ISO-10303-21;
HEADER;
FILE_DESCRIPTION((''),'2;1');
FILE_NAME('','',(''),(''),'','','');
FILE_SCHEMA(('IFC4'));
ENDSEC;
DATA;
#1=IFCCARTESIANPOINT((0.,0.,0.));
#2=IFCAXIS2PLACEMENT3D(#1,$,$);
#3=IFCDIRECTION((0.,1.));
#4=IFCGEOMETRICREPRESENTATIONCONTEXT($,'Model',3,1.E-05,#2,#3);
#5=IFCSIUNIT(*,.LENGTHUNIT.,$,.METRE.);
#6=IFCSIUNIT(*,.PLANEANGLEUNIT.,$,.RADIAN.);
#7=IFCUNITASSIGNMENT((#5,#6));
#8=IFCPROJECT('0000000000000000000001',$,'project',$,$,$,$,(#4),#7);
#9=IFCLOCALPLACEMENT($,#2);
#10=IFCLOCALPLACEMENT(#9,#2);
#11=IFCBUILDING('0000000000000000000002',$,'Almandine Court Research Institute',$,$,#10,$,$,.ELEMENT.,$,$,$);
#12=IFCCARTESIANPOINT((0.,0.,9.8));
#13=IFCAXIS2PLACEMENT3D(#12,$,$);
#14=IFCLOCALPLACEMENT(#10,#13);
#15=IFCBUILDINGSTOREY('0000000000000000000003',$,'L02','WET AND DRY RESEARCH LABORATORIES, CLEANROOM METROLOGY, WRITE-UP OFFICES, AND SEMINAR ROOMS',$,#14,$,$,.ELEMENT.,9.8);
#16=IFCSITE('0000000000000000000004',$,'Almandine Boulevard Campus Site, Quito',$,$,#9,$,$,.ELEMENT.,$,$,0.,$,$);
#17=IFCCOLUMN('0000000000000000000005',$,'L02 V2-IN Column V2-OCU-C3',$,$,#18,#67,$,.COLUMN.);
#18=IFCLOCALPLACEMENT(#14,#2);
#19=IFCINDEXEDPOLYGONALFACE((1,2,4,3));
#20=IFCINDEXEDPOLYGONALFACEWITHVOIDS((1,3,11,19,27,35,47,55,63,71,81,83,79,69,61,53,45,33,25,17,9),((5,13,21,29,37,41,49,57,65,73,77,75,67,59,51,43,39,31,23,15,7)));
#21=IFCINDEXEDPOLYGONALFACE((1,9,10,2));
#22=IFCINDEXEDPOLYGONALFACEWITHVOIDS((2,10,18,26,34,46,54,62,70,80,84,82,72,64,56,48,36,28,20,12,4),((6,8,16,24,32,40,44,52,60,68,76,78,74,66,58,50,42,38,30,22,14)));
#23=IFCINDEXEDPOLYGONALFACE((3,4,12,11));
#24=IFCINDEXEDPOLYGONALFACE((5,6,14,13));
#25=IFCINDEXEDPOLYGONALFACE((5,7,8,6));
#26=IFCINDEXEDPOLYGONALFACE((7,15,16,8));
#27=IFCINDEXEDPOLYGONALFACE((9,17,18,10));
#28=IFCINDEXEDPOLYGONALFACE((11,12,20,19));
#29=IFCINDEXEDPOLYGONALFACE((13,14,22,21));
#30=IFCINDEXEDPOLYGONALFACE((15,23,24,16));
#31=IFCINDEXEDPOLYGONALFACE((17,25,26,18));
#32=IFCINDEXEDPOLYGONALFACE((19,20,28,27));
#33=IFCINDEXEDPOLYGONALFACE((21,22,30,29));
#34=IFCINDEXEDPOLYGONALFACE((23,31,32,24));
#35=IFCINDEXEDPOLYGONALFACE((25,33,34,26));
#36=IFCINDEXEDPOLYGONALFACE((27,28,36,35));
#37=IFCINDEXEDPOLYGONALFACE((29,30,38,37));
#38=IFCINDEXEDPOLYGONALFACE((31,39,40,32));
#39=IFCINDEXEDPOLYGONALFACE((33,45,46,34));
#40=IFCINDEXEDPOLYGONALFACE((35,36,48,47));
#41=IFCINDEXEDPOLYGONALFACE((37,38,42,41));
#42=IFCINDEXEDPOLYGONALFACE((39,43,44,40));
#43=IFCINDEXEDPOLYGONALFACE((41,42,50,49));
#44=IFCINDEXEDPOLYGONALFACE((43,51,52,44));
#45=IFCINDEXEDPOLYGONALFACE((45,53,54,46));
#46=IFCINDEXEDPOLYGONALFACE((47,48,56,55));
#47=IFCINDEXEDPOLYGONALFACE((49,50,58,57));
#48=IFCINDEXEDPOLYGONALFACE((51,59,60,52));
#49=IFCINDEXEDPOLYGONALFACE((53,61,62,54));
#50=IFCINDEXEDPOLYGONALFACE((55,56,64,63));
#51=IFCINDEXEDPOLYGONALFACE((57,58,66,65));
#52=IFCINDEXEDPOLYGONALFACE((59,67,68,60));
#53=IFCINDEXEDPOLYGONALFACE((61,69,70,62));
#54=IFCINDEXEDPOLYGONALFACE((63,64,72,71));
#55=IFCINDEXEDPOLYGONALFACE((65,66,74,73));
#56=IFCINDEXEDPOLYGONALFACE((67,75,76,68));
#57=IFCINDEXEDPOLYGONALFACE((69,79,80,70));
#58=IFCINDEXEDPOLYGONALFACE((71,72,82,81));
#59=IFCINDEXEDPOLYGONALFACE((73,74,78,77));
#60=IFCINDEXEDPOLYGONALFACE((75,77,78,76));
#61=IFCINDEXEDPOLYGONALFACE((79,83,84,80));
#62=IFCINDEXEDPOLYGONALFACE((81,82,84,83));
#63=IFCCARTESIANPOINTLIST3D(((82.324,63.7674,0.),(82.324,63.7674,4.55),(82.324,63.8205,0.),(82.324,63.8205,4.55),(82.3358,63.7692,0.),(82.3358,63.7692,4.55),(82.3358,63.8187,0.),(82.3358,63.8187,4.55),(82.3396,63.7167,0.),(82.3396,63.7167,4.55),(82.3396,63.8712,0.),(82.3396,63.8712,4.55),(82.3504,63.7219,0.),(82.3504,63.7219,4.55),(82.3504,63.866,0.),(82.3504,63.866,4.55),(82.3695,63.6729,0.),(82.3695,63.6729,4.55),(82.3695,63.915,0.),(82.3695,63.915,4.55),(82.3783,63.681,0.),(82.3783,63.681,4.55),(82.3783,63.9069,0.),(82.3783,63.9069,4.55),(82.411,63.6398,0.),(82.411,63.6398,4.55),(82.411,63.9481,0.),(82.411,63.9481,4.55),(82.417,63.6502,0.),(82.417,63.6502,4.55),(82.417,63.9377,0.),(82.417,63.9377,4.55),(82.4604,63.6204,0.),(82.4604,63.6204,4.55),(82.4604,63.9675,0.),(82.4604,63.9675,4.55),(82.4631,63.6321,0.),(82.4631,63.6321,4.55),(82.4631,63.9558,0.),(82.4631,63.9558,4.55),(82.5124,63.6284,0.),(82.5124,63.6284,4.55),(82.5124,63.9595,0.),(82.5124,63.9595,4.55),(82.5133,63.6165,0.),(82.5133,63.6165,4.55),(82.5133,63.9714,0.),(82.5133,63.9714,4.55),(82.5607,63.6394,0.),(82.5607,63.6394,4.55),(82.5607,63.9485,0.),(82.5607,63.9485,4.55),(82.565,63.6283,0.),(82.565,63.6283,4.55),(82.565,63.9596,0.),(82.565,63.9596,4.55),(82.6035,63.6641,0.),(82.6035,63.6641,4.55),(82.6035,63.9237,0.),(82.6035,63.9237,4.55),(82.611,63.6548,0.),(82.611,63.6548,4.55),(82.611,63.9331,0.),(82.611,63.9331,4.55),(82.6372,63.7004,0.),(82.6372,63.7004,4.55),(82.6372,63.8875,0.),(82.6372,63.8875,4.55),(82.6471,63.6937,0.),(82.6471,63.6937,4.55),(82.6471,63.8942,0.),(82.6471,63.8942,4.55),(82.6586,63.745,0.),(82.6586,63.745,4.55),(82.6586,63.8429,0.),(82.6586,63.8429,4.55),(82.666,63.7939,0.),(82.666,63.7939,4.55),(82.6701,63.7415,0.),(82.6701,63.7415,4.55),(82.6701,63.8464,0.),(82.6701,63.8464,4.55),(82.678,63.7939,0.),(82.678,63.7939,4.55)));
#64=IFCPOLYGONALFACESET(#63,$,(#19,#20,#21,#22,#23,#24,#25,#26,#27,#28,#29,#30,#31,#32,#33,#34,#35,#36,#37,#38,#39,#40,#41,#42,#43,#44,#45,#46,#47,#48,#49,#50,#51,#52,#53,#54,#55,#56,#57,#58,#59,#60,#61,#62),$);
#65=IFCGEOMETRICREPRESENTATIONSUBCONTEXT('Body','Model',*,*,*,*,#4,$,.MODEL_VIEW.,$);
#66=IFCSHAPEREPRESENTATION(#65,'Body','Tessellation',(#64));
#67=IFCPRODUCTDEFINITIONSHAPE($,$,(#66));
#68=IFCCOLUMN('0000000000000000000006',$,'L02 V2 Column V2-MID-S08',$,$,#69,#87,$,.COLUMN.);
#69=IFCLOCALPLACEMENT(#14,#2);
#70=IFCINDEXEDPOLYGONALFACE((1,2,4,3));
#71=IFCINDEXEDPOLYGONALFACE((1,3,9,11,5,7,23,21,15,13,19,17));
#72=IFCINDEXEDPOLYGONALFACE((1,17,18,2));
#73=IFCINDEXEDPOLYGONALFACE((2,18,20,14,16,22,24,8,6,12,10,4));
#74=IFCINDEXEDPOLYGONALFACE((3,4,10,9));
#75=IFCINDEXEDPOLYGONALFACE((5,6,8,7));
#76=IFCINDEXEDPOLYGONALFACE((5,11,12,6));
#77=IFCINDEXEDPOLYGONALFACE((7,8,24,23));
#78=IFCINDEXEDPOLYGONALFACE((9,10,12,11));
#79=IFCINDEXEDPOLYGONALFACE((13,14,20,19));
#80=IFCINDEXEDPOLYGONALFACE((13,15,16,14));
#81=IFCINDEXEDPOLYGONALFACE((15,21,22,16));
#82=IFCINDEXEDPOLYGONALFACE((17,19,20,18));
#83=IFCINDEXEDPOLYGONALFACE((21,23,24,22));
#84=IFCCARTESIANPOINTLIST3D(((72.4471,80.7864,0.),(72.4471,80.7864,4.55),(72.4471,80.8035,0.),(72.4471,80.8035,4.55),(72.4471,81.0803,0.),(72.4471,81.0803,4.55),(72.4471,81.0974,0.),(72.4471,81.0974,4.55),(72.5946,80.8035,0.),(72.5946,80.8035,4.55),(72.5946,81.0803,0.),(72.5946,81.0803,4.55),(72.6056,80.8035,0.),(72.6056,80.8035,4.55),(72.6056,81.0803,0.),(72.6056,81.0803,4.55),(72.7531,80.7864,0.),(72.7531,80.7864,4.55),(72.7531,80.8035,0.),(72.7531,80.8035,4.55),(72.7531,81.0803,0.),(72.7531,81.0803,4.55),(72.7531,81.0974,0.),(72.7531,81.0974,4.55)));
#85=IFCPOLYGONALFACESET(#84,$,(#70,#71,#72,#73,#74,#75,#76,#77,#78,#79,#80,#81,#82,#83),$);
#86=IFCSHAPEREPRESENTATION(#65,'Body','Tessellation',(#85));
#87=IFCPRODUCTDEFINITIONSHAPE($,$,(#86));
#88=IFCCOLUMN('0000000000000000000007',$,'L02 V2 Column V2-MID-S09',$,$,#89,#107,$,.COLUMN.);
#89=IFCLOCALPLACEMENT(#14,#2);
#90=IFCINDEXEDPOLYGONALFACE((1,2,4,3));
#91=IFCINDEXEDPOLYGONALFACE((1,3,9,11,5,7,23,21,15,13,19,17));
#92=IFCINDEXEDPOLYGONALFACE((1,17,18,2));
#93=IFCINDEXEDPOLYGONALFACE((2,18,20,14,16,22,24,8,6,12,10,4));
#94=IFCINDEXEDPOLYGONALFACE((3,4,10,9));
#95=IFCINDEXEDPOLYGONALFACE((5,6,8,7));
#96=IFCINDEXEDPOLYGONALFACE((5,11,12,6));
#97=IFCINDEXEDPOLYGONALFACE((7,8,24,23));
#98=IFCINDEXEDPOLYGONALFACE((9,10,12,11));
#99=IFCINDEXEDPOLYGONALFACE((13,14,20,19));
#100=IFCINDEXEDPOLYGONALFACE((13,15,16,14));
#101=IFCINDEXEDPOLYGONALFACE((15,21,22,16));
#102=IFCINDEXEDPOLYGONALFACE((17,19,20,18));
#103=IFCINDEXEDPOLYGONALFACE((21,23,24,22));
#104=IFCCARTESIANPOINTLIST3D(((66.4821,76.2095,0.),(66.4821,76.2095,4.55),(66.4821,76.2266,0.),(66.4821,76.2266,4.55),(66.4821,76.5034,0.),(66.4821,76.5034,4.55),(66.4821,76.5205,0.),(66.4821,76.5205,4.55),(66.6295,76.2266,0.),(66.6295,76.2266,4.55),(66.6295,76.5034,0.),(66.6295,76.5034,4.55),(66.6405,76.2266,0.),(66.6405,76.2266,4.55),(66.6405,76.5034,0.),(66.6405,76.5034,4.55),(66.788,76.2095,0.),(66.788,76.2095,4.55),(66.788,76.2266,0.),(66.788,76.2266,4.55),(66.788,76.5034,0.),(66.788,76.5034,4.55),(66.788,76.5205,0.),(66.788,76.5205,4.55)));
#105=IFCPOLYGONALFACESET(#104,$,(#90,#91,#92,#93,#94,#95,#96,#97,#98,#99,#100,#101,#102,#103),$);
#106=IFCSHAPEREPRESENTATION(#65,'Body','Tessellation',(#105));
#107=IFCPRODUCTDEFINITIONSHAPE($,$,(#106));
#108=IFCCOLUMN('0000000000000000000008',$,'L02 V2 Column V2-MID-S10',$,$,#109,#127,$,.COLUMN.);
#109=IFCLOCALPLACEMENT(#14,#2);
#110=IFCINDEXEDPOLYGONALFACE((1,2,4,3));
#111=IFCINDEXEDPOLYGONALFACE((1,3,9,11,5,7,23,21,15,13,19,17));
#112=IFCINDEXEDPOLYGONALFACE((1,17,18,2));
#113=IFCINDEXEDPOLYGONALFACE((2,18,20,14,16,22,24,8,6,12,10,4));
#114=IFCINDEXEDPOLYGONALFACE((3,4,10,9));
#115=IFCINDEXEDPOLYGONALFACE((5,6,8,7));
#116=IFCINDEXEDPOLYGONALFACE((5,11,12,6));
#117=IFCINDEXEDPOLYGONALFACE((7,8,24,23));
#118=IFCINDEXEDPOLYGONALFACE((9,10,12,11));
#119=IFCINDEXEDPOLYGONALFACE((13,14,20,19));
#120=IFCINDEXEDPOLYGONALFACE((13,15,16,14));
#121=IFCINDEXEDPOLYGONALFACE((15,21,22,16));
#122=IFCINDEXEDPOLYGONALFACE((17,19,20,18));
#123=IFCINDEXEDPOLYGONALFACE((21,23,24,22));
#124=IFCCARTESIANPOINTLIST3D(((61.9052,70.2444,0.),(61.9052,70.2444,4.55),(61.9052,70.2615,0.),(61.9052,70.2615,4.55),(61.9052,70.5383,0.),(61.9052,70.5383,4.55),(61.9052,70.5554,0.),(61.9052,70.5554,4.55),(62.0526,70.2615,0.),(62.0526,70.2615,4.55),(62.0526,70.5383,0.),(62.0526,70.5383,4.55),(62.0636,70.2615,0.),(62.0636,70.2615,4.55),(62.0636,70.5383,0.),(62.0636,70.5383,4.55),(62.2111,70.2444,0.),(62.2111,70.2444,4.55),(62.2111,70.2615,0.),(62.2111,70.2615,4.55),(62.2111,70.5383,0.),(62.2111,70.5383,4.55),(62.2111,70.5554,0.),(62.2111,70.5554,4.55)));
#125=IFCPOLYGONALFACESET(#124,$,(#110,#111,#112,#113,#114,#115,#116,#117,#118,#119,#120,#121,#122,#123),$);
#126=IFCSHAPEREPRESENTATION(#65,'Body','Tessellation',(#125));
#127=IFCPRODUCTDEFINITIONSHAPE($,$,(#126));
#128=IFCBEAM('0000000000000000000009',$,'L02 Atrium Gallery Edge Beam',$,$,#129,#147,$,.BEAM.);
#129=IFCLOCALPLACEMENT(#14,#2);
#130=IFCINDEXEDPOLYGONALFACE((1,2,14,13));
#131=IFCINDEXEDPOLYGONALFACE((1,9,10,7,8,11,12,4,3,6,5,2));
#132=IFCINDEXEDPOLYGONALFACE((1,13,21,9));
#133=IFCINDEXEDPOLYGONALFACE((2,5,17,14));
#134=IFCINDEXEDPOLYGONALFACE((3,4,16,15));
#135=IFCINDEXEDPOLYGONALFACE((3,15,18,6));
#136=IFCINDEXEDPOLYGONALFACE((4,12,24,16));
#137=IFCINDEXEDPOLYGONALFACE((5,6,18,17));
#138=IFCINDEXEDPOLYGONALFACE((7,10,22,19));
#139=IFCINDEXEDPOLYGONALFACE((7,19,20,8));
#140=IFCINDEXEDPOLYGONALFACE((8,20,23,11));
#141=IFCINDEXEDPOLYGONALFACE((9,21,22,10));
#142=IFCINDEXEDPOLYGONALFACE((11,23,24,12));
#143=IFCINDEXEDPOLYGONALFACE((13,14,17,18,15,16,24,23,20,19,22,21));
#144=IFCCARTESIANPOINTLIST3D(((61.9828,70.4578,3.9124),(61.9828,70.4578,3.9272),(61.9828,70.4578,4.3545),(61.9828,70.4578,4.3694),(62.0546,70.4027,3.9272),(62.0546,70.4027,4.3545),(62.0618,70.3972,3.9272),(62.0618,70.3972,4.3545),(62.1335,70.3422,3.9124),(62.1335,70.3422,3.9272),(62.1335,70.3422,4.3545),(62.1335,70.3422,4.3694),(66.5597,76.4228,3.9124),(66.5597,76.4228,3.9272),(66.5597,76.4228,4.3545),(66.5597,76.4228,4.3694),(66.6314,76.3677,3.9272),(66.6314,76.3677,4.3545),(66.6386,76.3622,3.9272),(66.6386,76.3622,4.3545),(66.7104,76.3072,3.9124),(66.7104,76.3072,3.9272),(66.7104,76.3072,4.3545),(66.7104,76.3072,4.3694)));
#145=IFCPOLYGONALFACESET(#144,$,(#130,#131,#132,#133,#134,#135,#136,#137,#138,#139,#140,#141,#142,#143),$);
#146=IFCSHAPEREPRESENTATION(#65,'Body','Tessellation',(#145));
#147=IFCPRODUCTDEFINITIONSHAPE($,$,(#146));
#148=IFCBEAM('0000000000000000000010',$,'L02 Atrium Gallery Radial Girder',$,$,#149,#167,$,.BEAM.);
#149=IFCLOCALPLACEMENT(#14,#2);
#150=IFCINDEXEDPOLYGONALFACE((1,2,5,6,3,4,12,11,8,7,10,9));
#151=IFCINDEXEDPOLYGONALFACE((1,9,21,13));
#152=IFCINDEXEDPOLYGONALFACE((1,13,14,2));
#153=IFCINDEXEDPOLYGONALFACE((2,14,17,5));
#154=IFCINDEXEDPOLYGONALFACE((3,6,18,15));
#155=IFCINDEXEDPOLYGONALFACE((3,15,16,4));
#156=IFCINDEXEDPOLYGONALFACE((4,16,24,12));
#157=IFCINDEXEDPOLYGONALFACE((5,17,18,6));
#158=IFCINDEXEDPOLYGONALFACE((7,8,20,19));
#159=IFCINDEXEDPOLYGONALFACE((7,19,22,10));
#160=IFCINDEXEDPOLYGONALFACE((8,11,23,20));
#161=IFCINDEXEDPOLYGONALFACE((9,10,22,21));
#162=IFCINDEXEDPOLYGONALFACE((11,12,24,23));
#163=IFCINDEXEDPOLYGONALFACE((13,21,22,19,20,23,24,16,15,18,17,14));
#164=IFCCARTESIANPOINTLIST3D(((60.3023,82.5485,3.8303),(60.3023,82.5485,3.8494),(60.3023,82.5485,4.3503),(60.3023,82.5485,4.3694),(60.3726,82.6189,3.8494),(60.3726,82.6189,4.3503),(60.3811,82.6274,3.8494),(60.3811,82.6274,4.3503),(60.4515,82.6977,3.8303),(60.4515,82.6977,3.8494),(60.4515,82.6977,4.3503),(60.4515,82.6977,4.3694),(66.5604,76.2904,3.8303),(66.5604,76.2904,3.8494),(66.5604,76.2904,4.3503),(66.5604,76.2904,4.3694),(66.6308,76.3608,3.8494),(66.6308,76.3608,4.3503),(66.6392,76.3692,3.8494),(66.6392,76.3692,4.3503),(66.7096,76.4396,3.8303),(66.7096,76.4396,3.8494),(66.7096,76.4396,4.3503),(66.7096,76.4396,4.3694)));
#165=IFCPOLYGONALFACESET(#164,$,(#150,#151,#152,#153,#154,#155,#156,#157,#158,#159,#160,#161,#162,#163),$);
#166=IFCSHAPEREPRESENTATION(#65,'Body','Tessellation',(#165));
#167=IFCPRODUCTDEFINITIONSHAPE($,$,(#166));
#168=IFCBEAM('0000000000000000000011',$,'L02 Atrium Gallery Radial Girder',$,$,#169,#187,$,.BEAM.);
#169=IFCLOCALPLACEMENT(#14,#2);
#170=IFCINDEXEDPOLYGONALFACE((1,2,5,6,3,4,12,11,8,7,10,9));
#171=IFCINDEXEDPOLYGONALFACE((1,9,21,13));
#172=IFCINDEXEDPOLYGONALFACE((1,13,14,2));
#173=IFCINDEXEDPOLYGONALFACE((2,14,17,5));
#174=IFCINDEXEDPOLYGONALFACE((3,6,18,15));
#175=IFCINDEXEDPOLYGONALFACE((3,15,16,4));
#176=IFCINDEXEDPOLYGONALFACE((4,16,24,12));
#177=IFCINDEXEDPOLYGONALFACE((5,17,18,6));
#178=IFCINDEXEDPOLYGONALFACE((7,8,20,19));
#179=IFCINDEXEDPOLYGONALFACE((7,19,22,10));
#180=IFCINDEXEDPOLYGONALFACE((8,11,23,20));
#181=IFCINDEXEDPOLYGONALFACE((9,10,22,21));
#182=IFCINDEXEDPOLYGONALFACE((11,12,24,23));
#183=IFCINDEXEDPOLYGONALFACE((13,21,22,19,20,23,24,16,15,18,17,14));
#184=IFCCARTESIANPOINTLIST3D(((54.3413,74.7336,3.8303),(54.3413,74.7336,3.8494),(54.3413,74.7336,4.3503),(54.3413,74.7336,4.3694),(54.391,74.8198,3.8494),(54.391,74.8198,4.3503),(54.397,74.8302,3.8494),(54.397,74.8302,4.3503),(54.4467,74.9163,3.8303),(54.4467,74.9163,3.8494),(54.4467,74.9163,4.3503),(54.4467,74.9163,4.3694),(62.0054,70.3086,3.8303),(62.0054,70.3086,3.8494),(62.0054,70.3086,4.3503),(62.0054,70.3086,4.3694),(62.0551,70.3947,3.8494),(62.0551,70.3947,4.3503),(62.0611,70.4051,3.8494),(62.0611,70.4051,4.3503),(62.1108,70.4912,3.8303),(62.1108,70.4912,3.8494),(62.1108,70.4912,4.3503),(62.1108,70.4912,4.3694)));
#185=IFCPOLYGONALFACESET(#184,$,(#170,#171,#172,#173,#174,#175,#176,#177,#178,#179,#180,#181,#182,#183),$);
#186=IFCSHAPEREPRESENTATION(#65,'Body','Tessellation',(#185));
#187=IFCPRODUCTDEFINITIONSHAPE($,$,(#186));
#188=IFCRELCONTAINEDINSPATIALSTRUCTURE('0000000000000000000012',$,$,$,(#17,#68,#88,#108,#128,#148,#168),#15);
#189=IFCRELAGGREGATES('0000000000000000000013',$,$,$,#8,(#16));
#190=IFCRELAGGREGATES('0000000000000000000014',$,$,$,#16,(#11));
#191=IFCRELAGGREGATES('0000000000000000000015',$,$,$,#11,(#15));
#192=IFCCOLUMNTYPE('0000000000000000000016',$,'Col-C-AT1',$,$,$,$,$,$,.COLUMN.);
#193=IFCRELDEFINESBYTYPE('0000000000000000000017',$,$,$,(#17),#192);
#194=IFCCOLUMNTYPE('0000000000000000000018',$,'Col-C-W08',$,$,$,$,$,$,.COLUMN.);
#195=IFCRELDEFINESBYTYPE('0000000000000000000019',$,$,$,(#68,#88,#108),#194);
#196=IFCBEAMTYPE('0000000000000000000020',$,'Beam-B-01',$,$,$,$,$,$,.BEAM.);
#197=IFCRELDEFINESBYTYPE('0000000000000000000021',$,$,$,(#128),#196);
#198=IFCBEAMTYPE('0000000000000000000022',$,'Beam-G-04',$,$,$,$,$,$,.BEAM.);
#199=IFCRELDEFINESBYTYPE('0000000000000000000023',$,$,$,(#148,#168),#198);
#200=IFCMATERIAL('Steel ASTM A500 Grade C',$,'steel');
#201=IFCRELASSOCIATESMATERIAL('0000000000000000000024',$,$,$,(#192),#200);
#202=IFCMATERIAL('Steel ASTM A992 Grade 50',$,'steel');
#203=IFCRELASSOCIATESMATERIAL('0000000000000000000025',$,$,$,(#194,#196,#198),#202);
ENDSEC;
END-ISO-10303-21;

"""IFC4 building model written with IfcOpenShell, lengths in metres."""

from ifc_helpers import new_model, si_unit, direction, frame, origin, origin_2d, place, context, subcontext, project, spatial, hollow_circle, i_section, extrude, material, material_profile, profile_set, type_object, element, save


model = new_model("IFC4")

# Units and contexts
model_context = context("Model", 3, precision=1e-05, world=origin(), true_north=direction((0.0, 1.0)))
body_context = subcontext(model_context, "Body", "Model", "MODEL_VIEW")
ifc_project = project(units=[si_unit("LENGTHUNIT", "METRE"), si_unit("PLANEANGLEUNIT", "RADIAN")], contexts=[model_context])

# Site, building, storey
site_placement = place(None, origin())
site = spatial("IfcSite", under=ifc_project, at=site_placement, Name="Almandine Boulevard Campus Site, Quito", CompositionType="ELEMENT", RefElevation=0.0)
building_placement = place(site_placement, origin())
building = spatial("IfcBuilding", under=site, at=building_placement, Name="Almandine Court Research Institute", CompositionType="ELEMENT")
storey_placement = place(building_placement, frame((0.0, 0.0, 9.8)))
storey = spatial("IfcBuildingStorey", under=building, at=storey_placement, Name="L02", Description="WET AND DRY RESEARCH LABORATORIES, CLEANROOM METROLOGY, WRITE-UP OFFICES, AND SEMINAR ROOMS", CompositionType="ELEMENT", Elevation=9.8)

# Columns
ifc_material_1 = material(Name="Steel ASTM A500 Grade C", Category="steel")
ifc_material_profile_1 = material_profile(ifc_material_1, hollow_circle(Radius=0.178, WallThickness=0.012, at=origin_2d()), Name="CHS 356x12")
ifc_profile_set_1 = profile_set([ifc_material_profile_1], Name="Steel ASTM A500 Grade C")
column_type_1 = type_object("IfcColumnType", Name="Col-C-AT1", PredefinedType="COLUMN", material=ifc_profile_set_1)
column_placement = place(storey_placement, frame((82.5, 63.7939, 0.0), z_axis=(0.0, 0.0, 1.0), x_axis=(1.0, 0.0, 0.0)))
element("IfcColumn", 1, at=column_placement, inside=storey, type_object=column_type_1, Name="L02 V2-IN Column V2-OCU-C3", PredefinedType="COLUMN", context=body_context, shape_type="SweptSolid", body=[
    extrude(hollow_circle(Radius=0.178, WallThickness=0.012, at=origin_2d()), origin(), (0.0, 0.0, 1.0), 4.55),
])
ifc_material_2 = material(Name="Steel ASTM A992 Grade 50", Category="steel")
ifc_material_profile_2 = material_profile(ifc_material_2, i_section(OverallWidth=0.3059, OverallDepth=0.311, WebThickness=0.011, FlangeThickness=0.0171, at=origin_2d()), Name="W310x107")
ifc_profile_set_2 = profile_set([ifc_material_profile_2], Name="Steel ASTM A992 Grade 50")
column_type_2 = type_object("IfcColumnType", Name="Col-C-W08", PredefinedType="COLUMN", material=ifc_profile_set_2)
for number, where, z_axis, x_axis, name in (
    (2, (72.6001, 80.9419, 0.0), (0.0, 0.0, 1.0), (1.0, 0.0, 0.0), "L02 V2 Column V2-MID-S08"),
    (3, (66.635, 76.365, 0.0), (0.0, 0.0, 1.0), (1.0, 0.0, 0.0), "L02 V2 Column V2-MID-S09"),
    (4, (62.0581, 70.3999, 0.0), (0.0, 0.0, 1.0), (1.0, 0.0, 0.0), "L02 V2 Column V2-MID-S10"),
):
    element("IfcColumn", number, at=place(storey_placement, frame(where, z_axis=z_axis, x_axis=x_axis)), inside=storey, type_object=column_type_2, Name=name, PredefinedType="COLUMN", context=body_context, shape_type="SweptSolid", body=[
        extrude(i_section(OverallWidth=0.3059, OverallDepth=0.311, WebThickness=0.011, FlangeThickness=0.0171, at=origin_2d()), origin(), (0.0, 0.0, 1.0), 4.55),
    ])

# Beams
ifc_material_profile_3 = material_profile(ifc_material_2, i_section(OverallWidth=0.1899, OverallDepth=0.457, WebThickness=0.009, FlangeThickness=0.0149, at=origin_2d()), Name="W460x74")
ifc_profile_set_3 = profile_set([ifc_material_profile_3], Name="Steel ASTM A992 Grade 50")
beam_type_1 = type_object("IfcBeamType", Name="Beam-B-01", PredefinedType="BEAM", material=ifc_profile_set_3)
beam_1_placement = place(storey_placement, frame((66.635, 76.365, 4.1409), z_axis=(-0.608739, -0.793371, 0.0), x_axis=(0.793371, -0.608739, 0.0)))
element("IfcBeam", 5, at=beam_1_placement, inside=storey, type_object=beam_type_1, Name="L02 Atrium Gallery Edge Beam", PredefinedType="BEAM", context=body_context, shape_type="SweptSolid", body=[
    extrude(i_section(OverallWidth=0.1899, OverallDepth=0.457, WebThickness=0.009, FlangeThickness=0.0149, at=origin_2d()), origin(), (0.0, 0.0, 1.0), 7.5186),
])
ifc_material_profile_4 = material_profile(ifc_material_2, i_section(OverallWidth=0.2109, OverallDepth=0.5391, WebThickness=0.012, FlangeThickness=0.019, at=origin_2d()), Name="W530x109")
ifc_profile_set_4 = profile_set([ifc_material_profile_4], Name="Steel ASTM A992 Grade 50")
beam_type_2 = type_object("IfcBeamType", Name="Beam-G-04", PredefinedType="BEAM", material=ifc_profile_set_4)
beam_2_placement = place(storey_placement, frame((66.635, 76.365, 4.0999), z_axis=(-0.707107, 0.707107, 0.0), x_axis=(-0.707107, -0.707107, 0.0)))
element("IfcBeam", 6, at=beam_2_placement, inside=storey, type_object=beam_type_2, Name="L02 Atrium Gallery Radial Girder", PredefinedType="BEAM", context=body_context, shape_type="SweptSolid", body=[
    extrude(i_section(OverallWidth=0.2109, OverallDepth=0.5391, WebThickness=0.012, FlangeThickness=0.019, at=origin_2d()), origin(), (0.0, 0.0, 1.0), 8.8503),
])
beam_3_placement = place(storey_placement, frame((62.0581, 70.3999, 4.0999), z_axis=(-0.866016, 0.500017, 0.0), x_axis=(-0.500017, -0.866016, 0.0)))
element("IfcBeam", 7, at=beam_3_placement, inside=storey, type_object=beam_type_2, Name="L02 Atrium Gallery Radial Girder", PredefinedType="BEAM", context=body_context, shape_type="SweptSolid", body=[
    extrude(i_section(OverallWidth=0.2109, OverallDepth=0.5391, WebThickness=0.012, FlangeThickness=0.019, at=origin_2d()), origin(), (0.0, 0.0, 1.0), 8.8499),
])

save(model, "model.ifc")
